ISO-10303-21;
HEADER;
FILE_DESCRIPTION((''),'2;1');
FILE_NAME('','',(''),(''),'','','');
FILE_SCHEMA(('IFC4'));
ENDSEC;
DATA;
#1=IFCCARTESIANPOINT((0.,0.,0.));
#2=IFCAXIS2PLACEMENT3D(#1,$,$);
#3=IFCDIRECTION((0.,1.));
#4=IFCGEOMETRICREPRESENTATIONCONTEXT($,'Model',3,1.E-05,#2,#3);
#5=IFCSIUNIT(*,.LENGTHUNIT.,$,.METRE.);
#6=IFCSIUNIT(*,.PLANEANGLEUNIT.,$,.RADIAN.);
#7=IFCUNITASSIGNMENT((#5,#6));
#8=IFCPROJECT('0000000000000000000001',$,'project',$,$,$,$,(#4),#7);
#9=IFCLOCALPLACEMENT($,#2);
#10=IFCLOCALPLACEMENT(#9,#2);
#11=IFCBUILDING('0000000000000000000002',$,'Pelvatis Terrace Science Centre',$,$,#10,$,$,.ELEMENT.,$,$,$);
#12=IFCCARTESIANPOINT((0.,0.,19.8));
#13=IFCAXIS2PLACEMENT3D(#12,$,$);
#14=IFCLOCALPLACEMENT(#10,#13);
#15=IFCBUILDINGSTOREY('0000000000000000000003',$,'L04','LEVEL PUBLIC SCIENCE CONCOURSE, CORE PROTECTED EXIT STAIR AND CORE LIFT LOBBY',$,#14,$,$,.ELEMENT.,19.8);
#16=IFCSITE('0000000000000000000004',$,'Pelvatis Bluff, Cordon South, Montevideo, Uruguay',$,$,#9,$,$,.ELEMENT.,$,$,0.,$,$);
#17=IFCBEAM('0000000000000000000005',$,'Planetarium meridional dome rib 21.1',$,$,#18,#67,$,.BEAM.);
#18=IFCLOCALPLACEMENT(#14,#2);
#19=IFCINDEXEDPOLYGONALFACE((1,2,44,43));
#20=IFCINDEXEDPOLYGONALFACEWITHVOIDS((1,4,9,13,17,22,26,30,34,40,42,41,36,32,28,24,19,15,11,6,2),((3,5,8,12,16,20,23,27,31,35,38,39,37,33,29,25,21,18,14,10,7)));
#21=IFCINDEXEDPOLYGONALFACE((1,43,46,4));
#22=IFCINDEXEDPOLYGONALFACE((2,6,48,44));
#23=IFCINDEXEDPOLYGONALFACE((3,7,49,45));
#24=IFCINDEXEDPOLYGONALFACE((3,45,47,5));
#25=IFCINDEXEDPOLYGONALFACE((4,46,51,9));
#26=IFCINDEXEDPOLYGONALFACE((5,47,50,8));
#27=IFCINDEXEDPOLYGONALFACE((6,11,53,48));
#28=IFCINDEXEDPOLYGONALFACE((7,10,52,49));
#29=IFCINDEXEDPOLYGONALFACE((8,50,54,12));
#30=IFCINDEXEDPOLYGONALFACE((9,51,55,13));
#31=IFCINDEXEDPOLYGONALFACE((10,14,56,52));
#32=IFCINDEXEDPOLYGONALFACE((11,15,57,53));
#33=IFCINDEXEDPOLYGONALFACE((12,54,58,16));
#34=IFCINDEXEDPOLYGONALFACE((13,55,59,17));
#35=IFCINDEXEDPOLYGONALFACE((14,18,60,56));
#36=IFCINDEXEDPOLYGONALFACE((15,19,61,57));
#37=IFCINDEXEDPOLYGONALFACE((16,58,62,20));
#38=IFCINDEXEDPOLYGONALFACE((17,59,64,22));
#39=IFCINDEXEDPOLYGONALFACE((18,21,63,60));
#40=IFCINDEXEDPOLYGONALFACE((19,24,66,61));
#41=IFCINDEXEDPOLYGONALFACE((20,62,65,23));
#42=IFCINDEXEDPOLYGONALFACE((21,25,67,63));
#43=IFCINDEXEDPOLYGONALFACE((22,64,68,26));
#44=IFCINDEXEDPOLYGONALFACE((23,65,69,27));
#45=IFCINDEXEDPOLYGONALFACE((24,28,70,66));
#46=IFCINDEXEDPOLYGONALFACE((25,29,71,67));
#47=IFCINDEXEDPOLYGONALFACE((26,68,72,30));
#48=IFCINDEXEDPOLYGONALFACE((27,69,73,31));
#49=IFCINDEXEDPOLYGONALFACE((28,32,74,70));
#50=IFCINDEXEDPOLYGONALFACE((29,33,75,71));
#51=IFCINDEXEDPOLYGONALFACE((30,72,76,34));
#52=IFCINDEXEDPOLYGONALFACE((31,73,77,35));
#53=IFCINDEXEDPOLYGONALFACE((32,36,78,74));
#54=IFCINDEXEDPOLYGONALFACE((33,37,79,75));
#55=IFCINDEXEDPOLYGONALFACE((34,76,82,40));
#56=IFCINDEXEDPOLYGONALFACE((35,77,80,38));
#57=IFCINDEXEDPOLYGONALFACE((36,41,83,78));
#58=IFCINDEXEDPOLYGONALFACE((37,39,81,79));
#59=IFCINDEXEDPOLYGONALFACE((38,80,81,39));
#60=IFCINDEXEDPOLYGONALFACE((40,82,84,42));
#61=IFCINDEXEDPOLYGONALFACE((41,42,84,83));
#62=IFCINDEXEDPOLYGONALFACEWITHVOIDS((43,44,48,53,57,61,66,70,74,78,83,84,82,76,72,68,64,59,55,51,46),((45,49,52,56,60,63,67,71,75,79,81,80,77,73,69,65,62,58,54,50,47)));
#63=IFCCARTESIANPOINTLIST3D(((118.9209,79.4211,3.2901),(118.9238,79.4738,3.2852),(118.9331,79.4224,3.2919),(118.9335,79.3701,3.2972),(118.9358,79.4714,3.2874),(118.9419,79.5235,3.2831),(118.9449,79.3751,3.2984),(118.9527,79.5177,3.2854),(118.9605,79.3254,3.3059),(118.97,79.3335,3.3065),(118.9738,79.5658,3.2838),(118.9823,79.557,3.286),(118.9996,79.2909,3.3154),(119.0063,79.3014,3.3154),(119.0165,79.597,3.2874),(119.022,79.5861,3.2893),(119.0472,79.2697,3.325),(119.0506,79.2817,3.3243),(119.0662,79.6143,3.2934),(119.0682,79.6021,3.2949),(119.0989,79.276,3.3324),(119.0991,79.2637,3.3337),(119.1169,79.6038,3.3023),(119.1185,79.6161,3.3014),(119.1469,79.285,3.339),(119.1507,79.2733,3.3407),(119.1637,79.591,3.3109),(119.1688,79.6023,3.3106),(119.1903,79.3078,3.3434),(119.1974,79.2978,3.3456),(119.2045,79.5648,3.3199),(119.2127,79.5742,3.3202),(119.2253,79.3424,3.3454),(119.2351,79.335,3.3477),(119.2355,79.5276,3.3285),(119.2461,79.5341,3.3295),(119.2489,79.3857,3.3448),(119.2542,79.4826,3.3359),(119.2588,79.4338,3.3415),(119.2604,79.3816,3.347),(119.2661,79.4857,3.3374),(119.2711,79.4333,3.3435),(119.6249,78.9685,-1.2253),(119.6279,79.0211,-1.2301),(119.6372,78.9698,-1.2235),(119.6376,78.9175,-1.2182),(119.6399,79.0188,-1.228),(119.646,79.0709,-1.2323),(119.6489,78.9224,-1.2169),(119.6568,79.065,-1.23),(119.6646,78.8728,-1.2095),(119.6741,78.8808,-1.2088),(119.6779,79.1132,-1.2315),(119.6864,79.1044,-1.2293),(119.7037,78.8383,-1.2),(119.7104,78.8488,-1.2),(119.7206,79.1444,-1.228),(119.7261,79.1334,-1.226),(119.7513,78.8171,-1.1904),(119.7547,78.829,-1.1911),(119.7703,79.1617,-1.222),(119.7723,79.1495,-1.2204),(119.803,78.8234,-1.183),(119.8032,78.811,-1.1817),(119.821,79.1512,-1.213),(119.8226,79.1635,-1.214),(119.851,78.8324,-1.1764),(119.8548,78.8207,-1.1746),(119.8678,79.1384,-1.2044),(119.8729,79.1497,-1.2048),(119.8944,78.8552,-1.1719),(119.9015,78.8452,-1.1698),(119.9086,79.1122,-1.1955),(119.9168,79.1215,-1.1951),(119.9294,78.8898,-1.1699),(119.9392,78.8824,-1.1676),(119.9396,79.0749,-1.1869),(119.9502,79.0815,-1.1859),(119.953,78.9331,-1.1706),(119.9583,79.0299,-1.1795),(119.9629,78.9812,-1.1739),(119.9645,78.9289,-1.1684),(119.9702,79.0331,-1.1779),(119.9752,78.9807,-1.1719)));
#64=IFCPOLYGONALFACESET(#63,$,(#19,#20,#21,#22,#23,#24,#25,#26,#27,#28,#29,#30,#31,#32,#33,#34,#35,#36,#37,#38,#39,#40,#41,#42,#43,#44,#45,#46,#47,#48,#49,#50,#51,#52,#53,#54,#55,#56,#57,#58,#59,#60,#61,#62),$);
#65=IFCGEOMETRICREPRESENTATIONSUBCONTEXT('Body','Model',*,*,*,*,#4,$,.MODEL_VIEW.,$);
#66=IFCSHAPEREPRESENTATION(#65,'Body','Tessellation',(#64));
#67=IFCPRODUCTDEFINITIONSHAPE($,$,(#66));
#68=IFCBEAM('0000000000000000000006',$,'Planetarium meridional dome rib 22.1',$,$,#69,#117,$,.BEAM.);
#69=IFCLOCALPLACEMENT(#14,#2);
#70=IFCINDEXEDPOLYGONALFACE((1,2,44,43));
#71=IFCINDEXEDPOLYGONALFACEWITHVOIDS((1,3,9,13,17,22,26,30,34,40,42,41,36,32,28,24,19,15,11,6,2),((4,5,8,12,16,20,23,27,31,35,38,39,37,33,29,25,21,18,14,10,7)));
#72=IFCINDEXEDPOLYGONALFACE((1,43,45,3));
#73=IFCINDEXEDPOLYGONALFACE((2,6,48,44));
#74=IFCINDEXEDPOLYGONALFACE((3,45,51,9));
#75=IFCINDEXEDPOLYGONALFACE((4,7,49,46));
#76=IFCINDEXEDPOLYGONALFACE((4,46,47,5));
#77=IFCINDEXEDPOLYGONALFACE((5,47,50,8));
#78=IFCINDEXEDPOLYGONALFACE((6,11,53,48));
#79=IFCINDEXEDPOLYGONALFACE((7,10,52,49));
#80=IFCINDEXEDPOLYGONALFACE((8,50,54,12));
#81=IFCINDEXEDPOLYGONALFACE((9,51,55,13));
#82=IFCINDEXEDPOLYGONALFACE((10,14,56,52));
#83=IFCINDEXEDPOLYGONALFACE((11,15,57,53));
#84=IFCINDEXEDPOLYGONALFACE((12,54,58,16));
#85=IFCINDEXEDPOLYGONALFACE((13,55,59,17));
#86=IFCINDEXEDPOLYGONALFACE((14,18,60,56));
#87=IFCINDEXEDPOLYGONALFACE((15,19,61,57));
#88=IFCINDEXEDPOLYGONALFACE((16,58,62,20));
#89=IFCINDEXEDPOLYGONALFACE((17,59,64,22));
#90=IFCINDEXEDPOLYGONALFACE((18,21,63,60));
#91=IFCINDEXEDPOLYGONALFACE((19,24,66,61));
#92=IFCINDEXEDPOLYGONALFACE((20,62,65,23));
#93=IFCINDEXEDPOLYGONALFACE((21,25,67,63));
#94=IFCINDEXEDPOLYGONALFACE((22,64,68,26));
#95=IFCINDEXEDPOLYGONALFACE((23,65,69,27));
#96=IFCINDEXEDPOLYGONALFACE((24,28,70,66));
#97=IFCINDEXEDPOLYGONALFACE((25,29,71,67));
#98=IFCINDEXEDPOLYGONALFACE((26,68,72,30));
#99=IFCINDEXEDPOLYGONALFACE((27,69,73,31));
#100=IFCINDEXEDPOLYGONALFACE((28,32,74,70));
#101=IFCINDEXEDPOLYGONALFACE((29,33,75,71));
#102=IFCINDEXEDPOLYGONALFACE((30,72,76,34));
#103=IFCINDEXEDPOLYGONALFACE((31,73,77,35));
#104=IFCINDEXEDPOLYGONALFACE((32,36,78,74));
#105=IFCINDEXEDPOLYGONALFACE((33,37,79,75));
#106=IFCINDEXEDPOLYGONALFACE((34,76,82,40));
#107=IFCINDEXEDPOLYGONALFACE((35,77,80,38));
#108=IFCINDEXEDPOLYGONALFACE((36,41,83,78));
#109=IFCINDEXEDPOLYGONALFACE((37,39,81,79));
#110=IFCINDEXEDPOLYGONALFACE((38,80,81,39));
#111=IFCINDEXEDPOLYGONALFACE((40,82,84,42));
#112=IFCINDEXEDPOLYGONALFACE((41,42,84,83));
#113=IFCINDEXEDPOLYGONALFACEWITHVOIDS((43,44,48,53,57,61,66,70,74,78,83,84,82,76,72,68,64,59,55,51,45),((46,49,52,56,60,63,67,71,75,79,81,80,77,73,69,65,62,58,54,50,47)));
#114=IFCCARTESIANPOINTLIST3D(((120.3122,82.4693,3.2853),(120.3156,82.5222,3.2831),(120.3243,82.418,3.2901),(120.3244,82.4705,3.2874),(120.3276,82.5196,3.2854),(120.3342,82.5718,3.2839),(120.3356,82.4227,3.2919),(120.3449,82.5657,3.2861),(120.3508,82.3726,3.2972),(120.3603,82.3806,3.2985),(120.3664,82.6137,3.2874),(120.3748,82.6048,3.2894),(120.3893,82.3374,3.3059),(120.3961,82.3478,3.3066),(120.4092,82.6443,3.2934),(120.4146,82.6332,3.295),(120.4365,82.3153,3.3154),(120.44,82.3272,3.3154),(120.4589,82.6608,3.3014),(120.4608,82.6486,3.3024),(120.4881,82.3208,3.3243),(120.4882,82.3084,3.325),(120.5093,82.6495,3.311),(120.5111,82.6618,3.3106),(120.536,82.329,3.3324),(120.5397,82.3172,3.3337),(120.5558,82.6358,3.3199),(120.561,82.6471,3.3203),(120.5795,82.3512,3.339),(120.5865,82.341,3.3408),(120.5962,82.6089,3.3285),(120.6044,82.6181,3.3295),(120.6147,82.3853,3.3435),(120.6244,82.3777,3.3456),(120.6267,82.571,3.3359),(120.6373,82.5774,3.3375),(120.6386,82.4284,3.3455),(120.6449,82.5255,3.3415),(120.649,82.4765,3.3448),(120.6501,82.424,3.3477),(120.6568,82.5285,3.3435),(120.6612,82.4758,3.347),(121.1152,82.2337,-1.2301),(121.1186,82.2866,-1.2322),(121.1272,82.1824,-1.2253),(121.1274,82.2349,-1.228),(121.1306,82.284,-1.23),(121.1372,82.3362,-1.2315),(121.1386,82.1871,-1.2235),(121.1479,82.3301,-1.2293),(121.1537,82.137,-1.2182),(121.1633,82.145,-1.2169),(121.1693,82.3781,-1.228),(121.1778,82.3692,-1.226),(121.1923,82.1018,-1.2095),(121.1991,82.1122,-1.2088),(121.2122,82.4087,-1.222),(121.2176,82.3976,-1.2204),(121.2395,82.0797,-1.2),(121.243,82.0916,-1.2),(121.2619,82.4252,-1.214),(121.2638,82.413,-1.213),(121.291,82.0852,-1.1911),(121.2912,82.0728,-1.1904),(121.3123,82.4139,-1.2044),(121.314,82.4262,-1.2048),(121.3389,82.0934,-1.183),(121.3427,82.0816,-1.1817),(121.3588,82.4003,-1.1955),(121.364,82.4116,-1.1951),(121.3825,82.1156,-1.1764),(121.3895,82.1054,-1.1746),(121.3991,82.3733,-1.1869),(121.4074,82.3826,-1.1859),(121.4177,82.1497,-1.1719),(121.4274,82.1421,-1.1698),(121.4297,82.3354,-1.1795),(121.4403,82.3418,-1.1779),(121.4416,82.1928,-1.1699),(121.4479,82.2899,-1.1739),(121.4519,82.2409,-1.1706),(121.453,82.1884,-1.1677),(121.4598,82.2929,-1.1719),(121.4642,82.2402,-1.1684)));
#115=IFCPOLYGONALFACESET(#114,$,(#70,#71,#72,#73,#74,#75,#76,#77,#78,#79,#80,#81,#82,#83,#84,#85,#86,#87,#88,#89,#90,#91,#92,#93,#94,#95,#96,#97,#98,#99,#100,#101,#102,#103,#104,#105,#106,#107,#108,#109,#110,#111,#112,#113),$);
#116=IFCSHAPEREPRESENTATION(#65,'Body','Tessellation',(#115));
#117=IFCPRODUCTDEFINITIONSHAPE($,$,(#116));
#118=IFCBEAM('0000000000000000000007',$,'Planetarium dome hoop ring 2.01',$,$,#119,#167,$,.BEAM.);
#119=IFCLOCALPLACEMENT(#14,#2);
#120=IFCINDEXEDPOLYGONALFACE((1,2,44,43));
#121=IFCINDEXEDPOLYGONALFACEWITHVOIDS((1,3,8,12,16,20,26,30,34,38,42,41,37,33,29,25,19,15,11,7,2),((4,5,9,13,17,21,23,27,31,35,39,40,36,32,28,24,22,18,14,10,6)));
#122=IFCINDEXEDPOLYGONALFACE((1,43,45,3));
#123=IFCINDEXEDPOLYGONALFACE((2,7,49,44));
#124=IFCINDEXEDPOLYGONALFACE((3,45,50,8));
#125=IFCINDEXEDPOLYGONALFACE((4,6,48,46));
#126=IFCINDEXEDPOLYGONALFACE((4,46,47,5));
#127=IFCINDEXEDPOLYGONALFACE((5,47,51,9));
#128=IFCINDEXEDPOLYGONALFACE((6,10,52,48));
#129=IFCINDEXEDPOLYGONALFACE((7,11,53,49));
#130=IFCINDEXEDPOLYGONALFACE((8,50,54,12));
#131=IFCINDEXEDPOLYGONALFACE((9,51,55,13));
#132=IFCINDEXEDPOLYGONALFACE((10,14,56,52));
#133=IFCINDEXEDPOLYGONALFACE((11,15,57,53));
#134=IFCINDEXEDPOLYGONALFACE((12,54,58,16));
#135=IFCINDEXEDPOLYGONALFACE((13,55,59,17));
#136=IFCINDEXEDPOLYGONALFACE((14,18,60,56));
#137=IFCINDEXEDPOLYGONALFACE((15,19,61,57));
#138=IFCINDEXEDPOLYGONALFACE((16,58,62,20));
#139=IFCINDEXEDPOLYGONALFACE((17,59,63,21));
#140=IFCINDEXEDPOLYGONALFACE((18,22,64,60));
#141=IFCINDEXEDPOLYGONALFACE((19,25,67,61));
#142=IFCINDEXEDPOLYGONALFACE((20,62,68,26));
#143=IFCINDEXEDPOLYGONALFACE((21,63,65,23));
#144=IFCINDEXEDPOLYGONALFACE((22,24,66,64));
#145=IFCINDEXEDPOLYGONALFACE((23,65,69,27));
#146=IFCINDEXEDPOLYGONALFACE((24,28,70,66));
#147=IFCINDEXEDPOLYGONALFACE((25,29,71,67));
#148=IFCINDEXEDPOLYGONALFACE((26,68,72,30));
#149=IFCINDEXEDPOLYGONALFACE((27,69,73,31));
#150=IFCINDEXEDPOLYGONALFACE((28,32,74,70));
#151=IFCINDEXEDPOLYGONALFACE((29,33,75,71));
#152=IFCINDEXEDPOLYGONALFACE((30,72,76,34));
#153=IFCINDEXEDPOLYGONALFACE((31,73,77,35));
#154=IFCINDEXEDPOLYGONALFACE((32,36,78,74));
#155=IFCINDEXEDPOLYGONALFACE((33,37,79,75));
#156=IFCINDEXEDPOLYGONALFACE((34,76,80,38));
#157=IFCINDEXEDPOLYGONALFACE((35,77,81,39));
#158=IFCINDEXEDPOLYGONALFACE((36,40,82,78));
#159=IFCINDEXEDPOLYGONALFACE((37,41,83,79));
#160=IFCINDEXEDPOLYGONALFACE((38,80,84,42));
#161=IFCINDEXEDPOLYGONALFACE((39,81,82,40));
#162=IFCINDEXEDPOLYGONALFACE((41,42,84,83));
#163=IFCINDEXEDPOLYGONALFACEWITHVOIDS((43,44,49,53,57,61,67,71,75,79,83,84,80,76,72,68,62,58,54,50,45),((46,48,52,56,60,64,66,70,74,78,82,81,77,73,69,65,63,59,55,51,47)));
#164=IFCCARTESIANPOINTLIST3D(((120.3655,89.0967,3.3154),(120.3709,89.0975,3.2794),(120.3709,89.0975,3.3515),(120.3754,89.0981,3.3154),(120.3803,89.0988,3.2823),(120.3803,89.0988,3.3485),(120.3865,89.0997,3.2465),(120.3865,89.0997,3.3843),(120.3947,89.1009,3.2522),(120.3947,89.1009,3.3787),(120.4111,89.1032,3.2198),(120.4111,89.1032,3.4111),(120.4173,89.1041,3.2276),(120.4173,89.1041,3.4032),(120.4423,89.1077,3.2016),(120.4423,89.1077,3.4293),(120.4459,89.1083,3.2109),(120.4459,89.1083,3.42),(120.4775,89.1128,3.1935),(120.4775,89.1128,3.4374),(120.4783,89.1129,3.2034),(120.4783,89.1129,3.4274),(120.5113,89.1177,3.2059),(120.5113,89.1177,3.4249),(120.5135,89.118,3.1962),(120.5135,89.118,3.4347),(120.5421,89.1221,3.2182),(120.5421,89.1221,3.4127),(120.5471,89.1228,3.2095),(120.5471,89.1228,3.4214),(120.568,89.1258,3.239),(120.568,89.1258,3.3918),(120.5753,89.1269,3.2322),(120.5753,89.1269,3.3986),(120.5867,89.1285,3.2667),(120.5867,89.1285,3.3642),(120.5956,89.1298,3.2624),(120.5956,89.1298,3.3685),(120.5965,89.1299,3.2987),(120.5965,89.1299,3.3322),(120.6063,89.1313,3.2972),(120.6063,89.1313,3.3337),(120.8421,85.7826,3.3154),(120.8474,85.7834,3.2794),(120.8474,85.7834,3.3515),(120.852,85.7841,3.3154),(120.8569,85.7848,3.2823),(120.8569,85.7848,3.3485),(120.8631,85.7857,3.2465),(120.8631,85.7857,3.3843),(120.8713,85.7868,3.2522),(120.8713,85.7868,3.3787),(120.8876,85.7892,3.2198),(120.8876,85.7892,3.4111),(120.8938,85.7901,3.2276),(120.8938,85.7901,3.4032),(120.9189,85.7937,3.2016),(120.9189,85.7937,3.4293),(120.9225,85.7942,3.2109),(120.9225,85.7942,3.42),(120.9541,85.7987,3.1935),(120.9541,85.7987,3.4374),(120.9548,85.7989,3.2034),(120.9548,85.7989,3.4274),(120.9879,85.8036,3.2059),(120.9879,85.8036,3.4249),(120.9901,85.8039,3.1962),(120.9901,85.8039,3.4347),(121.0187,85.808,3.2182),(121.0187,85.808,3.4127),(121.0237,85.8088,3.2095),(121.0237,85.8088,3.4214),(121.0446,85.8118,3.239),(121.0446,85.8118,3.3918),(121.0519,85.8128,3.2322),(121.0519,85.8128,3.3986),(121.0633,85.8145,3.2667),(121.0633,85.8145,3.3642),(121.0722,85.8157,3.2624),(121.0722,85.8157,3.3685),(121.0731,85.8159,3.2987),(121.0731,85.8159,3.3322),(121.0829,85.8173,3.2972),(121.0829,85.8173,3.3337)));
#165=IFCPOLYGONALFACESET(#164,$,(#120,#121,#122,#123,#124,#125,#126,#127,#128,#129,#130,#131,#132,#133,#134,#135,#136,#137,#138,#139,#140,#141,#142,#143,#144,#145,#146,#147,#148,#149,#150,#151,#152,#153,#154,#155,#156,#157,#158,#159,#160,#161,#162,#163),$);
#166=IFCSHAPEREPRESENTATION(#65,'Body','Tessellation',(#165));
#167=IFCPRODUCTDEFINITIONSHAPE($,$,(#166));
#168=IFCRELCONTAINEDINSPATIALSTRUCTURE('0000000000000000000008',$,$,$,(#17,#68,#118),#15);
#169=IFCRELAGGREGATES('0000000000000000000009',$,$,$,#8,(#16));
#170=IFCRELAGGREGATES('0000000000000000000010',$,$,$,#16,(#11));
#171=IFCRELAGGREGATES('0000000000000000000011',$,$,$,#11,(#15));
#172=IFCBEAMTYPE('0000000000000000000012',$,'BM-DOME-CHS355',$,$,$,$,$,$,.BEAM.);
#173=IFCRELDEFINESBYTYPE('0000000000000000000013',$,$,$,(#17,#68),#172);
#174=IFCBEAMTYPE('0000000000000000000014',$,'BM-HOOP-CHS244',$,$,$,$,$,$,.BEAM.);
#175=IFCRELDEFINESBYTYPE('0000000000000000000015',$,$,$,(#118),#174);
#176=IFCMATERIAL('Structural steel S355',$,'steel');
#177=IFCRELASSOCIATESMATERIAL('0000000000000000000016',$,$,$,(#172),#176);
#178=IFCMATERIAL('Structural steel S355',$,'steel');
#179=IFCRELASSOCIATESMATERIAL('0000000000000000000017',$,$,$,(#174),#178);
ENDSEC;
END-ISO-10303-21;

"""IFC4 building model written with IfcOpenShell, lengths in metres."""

from ifc_helpers import new_model, si_unit, direction, frame, origin, origin_2d, place, context, subcontext, project, spatial, hollow_circle, extrude, material, material_profile, profile_set, type_object, element, save


model = new_model("IFC4")

# Units and contexts
model_context = context("Model", 3, precision=1e-05, world=origin(), true_north=direction((0.0, 1.0)))
body_context = subcontext(model_context, "Body", "Model", "MODEL_VIEW")
ifc_project = project(units=[si_unit("LENGTHUNIT", "METRE"), si_unit("PLANEANGLEUNIT", "RADIAN")], contexts=[model_context])

# Site, building, storey
site_placement = place(None, origin())
site = spatial("IfcSite", under=ifc_project, at=site_placement, Name="Pelvatis Bluff, Cordon South, Montevideo, Uruguay", CompositionType="ELEMENT", RefElevation=0.0)
building_placement = place(site_placement, origin())
building = spatial("IfcBuilding", under=site, at=building_placement, Name="Pelvatis Terrace Science Centre", CompositionType="ELEMENT")
storey_placement = place(building_placement, frame((0.0, 0.0, 19.8)))
storey = spatial("IfcBuildingStorey", under=building, at=storey_placement, Name="L04", Description="LEVEL PUBLIC SCIENCE CONCOURSE, CORE PROTECTED EXIT STAIR AND CORE LIFT LOBBY", CompositionType="ELEMENT", Elevation=19.8)

# Beams
ifc_material_1 = material(Name="Structural steel S355", Category="steel")
ifc_material_profile_1 = material_profile(ifc_material_1, hollow_circle(Radius=0.1777, WallThickness=0.0125, at=origin_2d()), Name="CHS 355.6x12.5")
ifc_profile_set_1 = profile_set([ifc_material_profile_1], Name="Structural steel S355")
beam_type_1 = type_object("IfcBeamType", Name="BM-DOME-CHS355", PredefinedType="BEAM", material=ifc_profile_set_1)
for number, where, z_axis, x_axis, name in (
    (1, (119.7998, 78.9878, -1.2), (-0.153322, 0.098564, 0.983248), (-0.540758, -0.841178, 0.0), "Planetarium meridional dome rib 21.1"),
    (2, (121.2896, 82.2502, -1.2), (-0.174854, 0.051303, 0.983257), (-0.281534, -0.959551, 0.0), "Planetarium meridional dome rib 22.1"),
):
    element("IfcBeam", number, at=place(storey_placement, frame(where, z_axis=z_axis, x_axis=x_axis)), inside=storey, type_object=beam_type_1, Name=name, PredefinedType="BEAM", context=body_context, shape_type="SweptSolid", body=[
        extrude(hollow_circle(Radius=0.1777, WallThickness=0.0125, at=origin_2d()), origin(), (0.0, 0.0, 1.0), 4.5923),
    ])
ifc_material_2 = material(Name="Structural steel S355", Category="steel")
ifc_material_profile_2 = material_profile(ifc_material_2, hollow_circle(Radius=0.1223, WallThickness=0.01, at=origin_2d()), Name="CHS 244.5x10.0")
ifc_profile_set_2 = profile_set([ifc_material_profile_2], Name="Structural steel S355")
beam_type_2 = type_object("IfcBeamType", Name="BM-HOOP-CHS244", PredefinedType="BEAM", material=ifc_profile_set_2)
beam_1_placement = place(storey_placement, frame((120.9631, 85.8, 3.3154), z_axis=(-0.14234, 0.989818, 0.0), x_axis=(-0.989818, -0.14234, 0.0)))
element("IfcBeam", 3, at=beam_1_placement, inside=storey, type_object=beam_type_2, Name="Planetarium dome hoop ring 2.01", PredefinedType="BEAM", context=body_context, shape_type="SweptSolid", body=[
    extrude(hollow_circle(Radius=0.1223, WallThickness=0.01, at=origin_2d()), origin(), (0.0, 0.0, 1.0), 3.3481),
])

save(model, "model.ifc")
